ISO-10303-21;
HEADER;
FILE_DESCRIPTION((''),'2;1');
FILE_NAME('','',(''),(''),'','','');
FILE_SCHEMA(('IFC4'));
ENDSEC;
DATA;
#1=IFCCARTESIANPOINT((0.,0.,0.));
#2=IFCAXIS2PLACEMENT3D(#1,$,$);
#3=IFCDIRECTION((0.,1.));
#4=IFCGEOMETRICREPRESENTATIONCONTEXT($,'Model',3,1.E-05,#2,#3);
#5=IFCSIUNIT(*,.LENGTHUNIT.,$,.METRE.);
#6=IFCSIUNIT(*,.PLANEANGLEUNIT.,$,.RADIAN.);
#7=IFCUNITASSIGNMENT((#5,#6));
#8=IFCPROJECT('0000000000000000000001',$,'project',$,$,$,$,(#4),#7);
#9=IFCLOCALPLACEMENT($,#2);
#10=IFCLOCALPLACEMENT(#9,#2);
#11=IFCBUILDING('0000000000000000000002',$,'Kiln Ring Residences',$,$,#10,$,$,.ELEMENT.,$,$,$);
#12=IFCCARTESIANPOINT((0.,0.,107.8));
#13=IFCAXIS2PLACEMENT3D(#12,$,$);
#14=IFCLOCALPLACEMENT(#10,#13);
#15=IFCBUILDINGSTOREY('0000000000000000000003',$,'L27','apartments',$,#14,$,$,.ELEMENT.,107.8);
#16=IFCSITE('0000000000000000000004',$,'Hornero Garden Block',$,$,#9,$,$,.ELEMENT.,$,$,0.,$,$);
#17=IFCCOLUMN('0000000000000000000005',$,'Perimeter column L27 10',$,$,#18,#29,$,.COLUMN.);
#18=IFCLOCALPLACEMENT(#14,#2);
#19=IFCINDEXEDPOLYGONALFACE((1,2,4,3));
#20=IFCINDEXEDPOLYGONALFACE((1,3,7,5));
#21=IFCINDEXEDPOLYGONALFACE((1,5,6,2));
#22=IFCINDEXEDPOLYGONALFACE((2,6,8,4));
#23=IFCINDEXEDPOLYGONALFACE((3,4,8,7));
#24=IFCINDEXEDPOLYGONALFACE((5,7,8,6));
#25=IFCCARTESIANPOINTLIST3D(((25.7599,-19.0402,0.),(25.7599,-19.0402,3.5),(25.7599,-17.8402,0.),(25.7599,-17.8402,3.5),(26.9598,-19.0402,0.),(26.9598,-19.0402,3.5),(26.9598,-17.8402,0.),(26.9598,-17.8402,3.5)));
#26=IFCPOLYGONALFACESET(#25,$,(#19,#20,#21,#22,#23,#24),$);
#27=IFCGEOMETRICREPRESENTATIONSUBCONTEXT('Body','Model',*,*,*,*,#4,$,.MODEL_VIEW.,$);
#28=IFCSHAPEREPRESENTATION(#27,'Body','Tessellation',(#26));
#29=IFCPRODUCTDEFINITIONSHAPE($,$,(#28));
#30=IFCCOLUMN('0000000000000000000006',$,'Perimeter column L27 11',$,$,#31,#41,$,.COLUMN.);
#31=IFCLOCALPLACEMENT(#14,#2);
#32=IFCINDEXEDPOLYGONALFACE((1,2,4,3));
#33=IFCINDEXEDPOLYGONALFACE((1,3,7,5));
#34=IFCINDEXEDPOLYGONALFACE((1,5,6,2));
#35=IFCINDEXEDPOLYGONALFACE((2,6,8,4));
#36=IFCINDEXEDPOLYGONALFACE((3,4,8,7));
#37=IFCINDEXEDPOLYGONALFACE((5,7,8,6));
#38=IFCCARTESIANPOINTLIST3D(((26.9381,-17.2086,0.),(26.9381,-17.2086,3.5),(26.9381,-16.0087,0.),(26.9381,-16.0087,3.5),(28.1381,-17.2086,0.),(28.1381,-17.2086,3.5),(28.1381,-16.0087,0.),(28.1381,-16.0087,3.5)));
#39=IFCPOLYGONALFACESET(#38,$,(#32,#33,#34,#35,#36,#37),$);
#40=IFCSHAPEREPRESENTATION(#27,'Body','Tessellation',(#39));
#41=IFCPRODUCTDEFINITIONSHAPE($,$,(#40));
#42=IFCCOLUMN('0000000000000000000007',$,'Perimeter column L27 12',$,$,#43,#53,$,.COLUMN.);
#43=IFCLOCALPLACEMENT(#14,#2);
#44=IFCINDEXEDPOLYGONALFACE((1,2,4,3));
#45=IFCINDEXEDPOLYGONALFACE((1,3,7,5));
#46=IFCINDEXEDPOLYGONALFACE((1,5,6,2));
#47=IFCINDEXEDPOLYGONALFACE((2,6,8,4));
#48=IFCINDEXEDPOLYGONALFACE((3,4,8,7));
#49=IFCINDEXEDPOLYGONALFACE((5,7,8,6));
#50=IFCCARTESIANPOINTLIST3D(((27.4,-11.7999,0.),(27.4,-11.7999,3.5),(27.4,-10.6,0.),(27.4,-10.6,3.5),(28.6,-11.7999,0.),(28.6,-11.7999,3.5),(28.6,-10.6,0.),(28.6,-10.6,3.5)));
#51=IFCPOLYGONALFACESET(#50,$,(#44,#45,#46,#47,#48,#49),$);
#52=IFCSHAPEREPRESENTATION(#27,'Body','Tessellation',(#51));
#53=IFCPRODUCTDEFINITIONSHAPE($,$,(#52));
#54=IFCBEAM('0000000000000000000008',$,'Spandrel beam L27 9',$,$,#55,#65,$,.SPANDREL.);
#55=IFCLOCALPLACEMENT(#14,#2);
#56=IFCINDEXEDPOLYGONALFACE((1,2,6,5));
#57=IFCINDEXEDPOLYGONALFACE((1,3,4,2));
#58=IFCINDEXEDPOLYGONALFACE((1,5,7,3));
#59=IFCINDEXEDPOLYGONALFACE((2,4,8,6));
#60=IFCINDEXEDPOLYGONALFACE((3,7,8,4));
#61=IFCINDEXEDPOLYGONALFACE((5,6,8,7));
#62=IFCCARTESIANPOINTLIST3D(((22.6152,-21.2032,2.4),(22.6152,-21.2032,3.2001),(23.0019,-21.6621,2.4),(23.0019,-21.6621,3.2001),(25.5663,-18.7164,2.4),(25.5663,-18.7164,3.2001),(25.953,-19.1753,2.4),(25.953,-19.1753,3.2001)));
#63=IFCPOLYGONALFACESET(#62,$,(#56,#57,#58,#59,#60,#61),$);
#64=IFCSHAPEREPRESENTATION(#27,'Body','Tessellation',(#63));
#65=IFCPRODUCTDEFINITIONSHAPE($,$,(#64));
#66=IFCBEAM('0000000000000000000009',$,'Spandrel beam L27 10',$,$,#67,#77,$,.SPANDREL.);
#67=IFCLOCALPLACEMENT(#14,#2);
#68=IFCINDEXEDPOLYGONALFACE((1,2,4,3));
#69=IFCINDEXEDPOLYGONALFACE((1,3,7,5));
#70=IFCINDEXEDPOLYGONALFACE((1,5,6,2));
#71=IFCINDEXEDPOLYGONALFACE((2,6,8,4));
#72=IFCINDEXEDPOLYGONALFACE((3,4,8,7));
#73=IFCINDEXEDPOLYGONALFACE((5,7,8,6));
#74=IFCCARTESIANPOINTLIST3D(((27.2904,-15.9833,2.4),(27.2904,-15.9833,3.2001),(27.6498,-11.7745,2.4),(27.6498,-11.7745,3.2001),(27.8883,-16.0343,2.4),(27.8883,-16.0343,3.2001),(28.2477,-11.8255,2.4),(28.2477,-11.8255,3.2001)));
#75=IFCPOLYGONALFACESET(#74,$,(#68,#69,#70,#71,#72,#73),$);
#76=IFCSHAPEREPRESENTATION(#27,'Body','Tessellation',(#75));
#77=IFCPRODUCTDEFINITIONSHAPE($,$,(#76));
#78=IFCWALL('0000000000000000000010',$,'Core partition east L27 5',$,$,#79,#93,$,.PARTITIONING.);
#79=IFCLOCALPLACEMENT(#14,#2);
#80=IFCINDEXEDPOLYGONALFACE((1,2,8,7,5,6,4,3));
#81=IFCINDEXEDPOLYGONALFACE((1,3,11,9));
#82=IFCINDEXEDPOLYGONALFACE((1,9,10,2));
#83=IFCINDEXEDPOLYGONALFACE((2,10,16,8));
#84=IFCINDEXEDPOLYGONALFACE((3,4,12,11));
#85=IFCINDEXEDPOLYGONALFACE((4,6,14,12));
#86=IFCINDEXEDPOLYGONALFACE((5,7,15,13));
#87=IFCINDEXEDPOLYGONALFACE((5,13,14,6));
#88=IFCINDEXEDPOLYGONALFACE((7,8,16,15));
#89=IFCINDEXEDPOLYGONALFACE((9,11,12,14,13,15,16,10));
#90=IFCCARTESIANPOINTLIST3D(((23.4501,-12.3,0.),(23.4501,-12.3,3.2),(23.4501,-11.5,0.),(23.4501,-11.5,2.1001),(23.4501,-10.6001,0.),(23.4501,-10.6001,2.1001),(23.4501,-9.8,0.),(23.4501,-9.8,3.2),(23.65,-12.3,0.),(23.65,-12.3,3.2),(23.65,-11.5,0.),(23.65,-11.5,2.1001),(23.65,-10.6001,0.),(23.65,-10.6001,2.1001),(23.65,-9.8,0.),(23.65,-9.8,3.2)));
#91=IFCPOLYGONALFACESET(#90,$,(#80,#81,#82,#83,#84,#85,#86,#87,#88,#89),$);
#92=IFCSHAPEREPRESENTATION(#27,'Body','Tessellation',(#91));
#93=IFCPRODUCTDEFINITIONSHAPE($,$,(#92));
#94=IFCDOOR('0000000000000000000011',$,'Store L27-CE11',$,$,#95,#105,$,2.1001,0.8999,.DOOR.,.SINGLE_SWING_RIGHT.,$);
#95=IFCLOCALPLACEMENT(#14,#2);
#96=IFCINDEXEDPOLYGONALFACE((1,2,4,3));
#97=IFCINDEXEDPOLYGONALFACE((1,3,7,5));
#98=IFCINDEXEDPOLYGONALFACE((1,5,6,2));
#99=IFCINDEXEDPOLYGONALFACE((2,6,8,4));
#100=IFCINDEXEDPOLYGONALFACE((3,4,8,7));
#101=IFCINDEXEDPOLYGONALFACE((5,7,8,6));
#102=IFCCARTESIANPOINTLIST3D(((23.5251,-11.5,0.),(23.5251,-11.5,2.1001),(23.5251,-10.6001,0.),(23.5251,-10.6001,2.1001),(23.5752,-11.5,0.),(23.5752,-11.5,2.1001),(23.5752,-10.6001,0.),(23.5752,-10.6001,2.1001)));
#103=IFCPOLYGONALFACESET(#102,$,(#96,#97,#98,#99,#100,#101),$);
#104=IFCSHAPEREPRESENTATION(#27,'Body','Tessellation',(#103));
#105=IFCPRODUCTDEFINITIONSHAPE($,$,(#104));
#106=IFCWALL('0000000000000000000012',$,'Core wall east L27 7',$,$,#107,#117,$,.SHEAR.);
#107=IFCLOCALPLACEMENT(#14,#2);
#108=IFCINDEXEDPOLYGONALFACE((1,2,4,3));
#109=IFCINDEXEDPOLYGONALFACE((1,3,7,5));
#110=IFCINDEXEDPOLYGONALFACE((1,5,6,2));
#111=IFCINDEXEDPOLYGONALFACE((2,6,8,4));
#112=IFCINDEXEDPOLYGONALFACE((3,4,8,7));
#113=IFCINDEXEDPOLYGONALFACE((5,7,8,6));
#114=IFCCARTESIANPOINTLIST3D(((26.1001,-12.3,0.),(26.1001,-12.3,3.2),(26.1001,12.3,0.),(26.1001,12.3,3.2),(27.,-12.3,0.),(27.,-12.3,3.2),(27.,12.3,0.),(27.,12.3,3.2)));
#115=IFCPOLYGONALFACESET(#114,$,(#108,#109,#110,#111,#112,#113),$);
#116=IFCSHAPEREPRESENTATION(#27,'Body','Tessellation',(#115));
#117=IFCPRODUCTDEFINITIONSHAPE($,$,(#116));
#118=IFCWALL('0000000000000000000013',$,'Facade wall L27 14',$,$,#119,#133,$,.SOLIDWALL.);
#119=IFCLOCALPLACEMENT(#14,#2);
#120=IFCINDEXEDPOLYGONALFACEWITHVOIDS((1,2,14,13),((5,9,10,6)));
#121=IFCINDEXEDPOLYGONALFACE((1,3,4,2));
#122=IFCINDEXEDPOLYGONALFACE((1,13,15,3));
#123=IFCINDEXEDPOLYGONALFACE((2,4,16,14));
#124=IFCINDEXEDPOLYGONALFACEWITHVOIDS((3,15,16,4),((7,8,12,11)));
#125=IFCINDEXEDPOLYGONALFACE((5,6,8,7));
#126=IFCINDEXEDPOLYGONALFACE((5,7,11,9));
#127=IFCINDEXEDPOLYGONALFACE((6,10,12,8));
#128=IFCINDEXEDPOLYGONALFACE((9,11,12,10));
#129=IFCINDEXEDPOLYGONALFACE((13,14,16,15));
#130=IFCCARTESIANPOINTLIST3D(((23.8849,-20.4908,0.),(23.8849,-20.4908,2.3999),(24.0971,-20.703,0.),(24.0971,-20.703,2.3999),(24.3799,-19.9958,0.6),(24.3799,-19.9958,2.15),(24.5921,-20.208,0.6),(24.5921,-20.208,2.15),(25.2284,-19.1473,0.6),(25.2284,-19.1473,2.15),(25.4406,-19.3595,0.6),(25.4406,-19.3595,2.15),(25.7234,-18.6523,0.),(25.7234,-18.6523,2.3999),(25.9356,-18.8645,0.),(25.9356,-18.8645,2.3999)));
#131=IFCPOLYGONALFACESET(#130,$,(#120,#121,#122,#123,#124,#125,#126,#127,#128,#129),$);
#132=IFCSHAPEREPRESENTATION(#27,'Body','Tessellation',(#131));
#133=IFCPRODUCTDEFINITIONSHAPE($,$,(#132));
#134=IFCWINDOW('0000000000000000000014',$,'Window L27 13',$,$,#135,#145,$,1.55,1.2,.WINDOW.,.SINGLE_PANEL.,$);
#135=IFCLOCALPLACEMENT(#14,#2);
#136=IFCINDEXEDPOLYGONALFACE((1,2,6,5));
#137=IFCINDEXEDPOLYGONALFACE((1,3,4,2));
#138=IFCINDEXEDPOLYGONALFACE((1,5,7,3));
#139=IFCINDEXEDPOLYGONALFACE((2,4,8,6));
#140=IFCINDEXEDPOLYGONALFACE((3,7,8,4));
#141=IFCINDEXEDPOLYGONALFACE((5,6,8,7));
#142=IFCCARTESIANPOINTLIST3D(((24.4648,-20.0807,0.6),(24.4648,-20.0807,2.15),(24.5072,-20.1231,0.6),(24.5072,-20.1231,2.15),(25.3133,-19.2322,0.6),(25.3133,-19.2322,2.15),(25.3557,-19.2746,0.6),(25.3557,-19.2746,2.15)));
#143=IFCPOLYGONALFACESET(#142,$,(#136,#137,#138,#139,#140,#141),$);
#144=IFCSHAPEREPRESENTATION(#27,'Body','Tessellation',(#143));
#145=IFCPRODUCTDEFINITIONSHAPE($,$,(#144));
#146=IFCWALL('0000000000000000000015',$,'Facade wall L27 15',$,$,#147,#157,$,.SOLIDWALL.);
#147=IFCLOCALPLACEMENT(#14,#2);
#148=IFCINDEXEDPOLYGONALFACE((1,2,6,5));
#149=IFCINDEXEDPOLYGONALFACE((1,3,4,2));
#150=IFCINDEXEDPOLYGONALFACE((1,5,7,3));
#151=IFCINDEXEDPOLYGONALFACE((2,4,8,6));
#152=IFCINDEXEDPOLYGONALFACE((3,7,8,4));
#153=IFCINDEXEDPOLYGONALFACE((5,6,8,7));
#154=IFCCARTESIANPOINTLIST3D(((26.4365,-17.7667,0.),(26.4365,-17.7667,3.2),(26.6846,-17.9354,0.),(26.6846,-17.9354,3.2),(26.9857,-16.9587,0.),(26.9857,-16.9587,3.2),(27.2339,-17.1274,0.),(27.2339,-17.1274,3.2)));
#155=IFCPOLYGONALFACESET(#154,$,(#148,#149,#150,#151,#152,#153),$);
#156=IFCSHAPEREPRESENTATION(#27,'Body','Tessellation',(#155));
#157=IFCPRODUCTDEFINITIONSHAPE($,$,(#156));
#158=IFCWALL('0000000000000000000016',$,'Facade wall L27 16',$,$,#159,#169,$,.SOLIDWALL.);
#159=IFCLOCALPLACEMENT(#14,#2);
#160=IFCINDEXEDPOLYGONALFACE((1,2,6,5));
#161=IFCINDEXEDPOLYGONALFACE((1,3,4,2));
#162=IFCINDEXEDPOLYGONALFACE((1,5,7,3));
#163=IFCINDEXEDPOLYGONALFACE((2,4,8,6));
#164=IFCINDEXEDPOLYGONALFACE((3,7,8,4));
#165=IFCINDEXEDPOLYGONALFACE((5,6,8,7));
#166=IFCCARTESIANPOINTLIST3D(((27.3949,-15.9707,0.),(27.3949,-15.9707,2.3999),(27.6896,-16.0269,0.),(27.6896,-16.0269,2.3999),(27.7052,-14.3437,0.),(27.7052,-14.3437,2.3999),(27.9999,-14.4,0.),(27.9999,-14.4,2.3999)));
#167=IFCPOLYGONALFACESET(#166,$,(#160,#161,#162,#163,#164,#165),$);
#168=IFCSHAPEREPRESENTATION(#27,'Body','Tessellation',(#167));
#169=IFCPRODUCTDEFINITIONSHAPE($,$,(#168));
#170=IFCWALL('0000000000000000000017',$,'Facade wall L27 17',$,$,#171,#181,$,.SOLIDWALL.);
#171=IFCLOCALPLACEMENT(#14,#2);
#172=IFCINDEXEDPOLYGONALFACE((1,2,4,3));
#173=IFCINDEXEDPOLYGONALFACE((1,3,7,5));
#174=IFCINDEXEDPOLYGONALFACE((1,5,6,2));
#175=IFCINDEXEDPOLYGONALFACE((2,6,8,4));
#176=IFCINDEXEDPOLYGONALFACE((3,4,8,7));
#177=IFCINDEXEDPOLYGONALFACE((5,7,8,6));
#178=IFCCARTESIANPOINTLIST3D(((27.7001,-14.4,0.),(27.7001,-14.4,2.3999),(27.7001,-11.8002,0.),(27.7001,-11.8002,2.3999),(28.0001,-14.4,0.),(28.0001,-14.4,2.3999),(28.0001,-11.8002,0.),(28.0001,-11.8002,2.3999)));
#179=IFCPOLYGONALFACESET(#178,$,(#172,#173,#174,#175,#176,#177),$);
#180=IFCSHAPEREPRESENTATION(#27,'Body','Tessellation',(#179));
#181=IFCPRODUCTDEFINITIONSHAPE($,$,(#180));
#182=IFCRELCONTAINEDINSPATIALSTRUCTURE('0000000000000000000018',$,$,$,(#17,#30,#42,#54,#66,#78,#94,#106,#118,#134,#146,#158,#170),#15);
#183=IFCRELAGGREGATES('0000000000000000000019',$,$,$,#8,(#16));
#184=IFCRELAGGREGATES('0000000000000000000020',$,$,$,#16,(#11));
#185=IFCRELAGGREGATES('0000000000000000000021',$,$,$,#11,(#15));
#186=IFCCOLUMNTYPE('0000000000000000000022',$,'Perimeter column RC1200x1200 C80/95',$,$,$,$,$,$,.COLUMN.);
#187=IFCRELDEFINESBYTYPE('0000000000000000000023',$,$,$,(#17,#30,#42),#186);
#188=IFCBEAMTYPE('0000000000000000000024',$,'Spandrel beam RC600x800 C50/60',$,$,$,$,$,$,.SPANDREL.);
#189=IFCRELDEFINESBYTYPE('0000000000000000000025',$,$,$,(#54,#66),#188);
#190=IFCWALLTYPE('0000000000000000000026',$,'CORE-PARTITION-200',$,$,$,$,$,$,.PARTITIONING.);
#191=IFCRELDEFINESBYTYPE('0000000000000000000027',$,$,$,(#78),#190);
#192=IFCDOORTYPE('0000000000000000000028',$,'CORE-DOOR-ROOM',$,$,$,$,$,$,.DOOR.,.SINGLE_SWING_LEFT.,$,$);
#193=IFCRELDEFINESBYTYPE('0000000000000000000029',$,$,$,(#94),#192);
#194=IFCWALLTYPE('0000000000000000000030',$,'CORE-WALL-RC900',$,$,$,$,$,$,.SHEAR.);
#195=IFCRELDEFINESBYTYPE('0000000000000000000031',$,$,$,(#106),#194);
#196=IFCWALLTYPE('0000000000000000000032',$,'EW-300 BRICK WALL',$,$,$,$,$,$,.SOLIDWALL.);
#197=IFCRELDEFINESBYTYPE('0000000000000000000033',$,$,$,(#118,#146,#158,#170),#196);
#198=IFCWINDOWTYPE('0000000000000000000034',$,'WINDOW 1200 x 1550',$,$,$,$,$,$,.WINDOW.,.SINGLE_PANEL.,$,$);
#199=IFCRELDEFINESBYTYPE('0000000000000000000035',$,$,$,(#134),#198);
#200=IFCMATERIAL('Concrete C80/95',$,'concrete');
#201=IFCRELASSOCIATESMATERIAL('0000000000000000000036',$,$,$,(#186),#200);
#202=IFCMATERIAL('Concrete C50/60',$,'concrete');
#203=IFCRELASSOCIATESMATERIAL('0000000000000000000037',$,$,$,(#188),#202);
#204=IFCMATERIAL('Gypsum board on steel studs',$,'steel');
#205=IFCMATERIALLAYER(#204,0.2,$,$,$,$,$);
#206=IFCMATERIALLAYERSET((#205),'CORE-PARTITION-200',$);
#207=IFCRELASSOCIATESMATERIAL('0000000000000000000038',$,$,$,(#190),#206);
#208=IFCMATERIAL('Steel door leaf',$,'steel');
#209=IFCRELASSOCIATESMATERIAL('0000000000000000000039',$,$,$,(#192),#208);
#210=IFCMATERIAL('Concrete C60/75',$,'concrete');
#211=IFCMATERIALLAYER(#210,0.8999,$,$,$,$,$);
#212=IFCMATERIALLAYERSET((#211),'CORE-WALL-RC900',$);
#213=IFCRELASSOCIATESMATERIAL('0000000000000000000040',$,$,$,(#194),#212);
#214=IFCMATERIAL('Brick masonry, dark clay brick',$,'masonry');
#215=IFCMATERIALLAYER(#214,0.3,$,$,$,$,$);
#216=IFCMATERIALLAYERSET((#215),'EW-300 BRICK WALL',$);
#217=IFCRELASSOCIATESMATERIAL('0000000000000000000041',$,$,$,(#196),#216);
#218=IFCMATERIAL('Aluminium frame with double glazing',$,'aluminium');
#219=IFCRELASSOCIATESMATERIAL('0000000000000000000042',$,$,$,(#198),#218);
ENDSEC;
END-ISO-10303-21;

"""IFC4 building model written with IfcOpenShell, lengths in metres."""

from ifc_helpers import new_model, si_unit, direction, frame, frame_2d, origin, origin_2d, place, context, subcontext, project, spatial, rectangle, extrude, material, layer, layer_set, material_profile, profile_set, type_object, element, fill, save


model = new_model("IFC4")

# Units and contexts
model_context = context("Model", 3, precision=1e-05, world=origin(), true_north=direction((0.0, 1.0)))
body_context = subcontext(model_context, "Body", "Model", "MODEL_VIEW")
ifc_project = project(units=[si_unit("LENGTHUNIT", "METRE"), si_unit("PLANEANGLEUNIT", "RADIAN")], contexts=[model_context])

# Site, building, storey
site_placement = place(None, origin())
site = spatial("IfcSite", under=ifc_project, at=site_placement, Name="Hornero Garden Block", CompositionType="ELEMENT", RefElevation=0.0)
building_placement = place(site_placement, origin())
building = spatial("IfcBuilding", under=site, at=building_placement, Name="Kiln Ring Residences", CompositionType="ELEMENT")
storey_placement = place(building_placement, frame((0.0, 0.0, 107.8)))
storey = spatial("IfcBuildingStorey", under=building, at=storey_placement, Name="L27", Description="apartments", CompositionType="ELEMENT", Elevation=107.8)

# Columns
ifc_material_1 = material(Name="Concrete C80/95", Category="concrete")
ifc_material_profile_1 = material_profile(ifc_material_1, rectangle(XDim=1.2, YDim=1.2, at=origin_2d()), Name="RC1200x1200")
ifc_profile_set_1 = profile_set([ifc_material_profile_1], Name="Concrete C80/95")
column_type = type_object("IfcColumnType", Name="Perimeter column RC1200x1200 C80/95", PredefinedType="COLUMN", material=ifc_profile_set_1)
for number, where, z_axis, x_axis, name in (
    (1, (26.3599, -18.4402, 0.0), (0.0, 0.0, 1.0), (1.0, 0.0, 0.0), "Perimeter column L27 10"),
    (2, (27.5381, -16.6086, 0.0), (0.0, 0.0, 1.0), (1.0, 0.0, 0.0), "Perimeter column L27 11"),
    (3, (28.0, -11.2, 0.0), (0.0, 0.0, 1.0), (1.0, 0.0, 0.0), "Perimeter column L27 12"),
):
    element("IfcColumn", number, at=place(storey_placement, frame(where, z_axis=z_axis, x_axis=x_axis)), inside=storey, type_object=column_type, Name=name, PredefinedType="COLUMN", context=body_context, shape_type="SweptSolid", body=[
        extrude(rectangle(XDim=1.2, YDim=1.2, at=origin_2d()), origin(), (0.0, 0.0, 1.0), 3.5),
    ])

# Beams
ifc_material_2 = material(Name="Concrete C50/60", Category="concrete")
ifc_material_profile_2 = material_profile(ifc_material_2, rectangle(XDim=0.6001, YDim=0.8, at=origin_2d()), Name="RC600x800")
ifc_profile_set_2 = profile_set([ifc_material_profile_2], Name="Concrete C50/60")
beam_type = type_object("IfcBeamType", Name="Spandrel beam RC600x800 C50/60", PredefinedType="SPANDREL", material=ifc_profile_set_2)
beam_1_placement = place(storey_placement, frame((22.8086, -21.4326, 2.8), z_axis=(0.764704, 0.644381, 0.0), x_axis=(-0.644381, 0.764704, 0.0)))
element("IfcBeam", 4, at=beam_1_placement, inside=storey, type_object=beam_type, Name="Spandrel beam L27 9", PredefinedType="SPANDREL", context=body_context, shape_type="SweptSolid", body=[
    extrude(rectangle(XDim=0.6001, YDim=0.8, at=origin_2d()), origin(), (0.0, 0.0, 1.0), 3.8591),
])
beam_2_placement = place(storey_placement, frame((27.5894, -16.0088, 2.8), z_axis=(0.085078, 0.996374, 0.0), x_axis=(-0.996374, 0.085078, 0.0)))
element("IfcBeam", 5, at=beam_2_placement, inside=storey, type_object=beam_type, Name="Spandrel beam L27 10", PredefinedType="SPANDREL", context=body_context, shape_type="SweptSolid", body=[
    extrude(rectangle(XDim=0.6001, YDim=0.8, at=origin_2d()), origin(), (0.0, 0.0, 1.0), 4.2241),
])

# Wall, opening, door
ifc_material_3 = material(Name="Gypsum board on steel studs", Category="steel")
ifc_layer_1 = layer(ifc_material_3, 0.2)
ifc_layer_set_1 = layer_set([ifc_layer_1], Name="CORE-PARTITION-200")
wall_type_1 = type_object("IfcWallType", Name="CORE-PARTITION-200", PredefinedType="PARTITIONING", material=ifc_layer_set_1)
wall_1_placement = place(storey_placement, frame((23.55, -12.3, 0.0), z_axis=(0.0, 0.0, 1.0), x_axis=(0.0, 1.0, 0.0)))
wall_1 = element("IfcWall", 6, at=wall_1_placement, inside=storey, type_object=wall_type_1, Name="Core partition east L27 5", PredefinedType="PARTITIONING", context=body_context, shape_type="SweptSolid", body=[
    extrude(rectangle(XDim=2.5, YDim=0.2, at=frame_2d((1.25, 0.0))), origin(), (0.0, 0.0, 1.0), 3.2),
])
opening_1_placement = place(wall_1_placement, frame((0.8, 0.0, 0.0)))
opening_1 = element("IfcOpeningElement", 7, at=opening_1_placement, cuts=wall_1, PredefinedType="OPENING", context=body_context, shape_type="SweptSolid", body=[
    extrude(rectangle(XDim=0.8999, YDim=2.1001, at=frame_2d((0.45, 1.05))), frame((0.0, 0.1099, 0.0), z_axis=(0.0, -1.0, 0.0), x_axis=(1.0, 0.0, 0.0)), (0.0, 0.0, 1.0), 0.22),
])
ifc_material_4 = material(Name="Steel door leaf", Category="steel")
door_type = type_object("IfcDoorType", Name="CORE-DOOR-ROOM", OperationType="SINGLE_SWING_LEFT", PredefinedType="DOOR", material=ifc_material_4)
door_placement = place(opening_1_placement, origin())
door = element("IfcDoor", 8, at=door_placement, inside=storey, type_object=door_type, Name="Store L27-CE11", OperationType="SINGLE_SWING_RIGHT", OverallHeight=2.1001, OverallWidth=0.8999, PredefinedType="DOOR", context=body_context, shape_type="SweptSolid", body=[
    extrude(rectangle(XDim=0.8999, YDim=2.1001, at=frame_2d((0.45, 1.05))), frame((0.0, 0.0249, 0.0), z_axis=(0.0, -1.0, 0.0), x_axis=(1.0, 0.0, 0.0)), (0.0, 0.0, 1.0), 0.05),
])
fill(opening_1, door)

# Wall
ifc_material_5 = material(Name="Concrete C60/75", Category="concrete")
ifc_layer_2 = layer(ifc_material_5, 0.8999)
ifc_layer_set_2 = layer_set([ifc_layer_2], Name="CORE-WALL-RC900")
wall_type_2 = type_object("IfcWallType", Name="CORE-WALL-RC900", PredefinedType="SHEAR", material=ifc_layer_set_2)
wall_2_placement = place(storey_placement, frame((26.55, -12.3, 0.0), z_axis=(0.0, 0.0, 1.0), x_axis=(0.0, 1.0, 0.0)))
element("IfcWall", 9, at=wall_2_placement, inside=storey, type_object=wall_type_2, Name="Core wall east L27 7", PredefinedType="SHEAR", context=body_context, shape_type="SweptSolid", body=[
    extrude(rectangle(XDim=24.6001, YDim=0.8999, at=frame_2d((12.3, 0.0))), origin(), (0.0, 0.0, 1.0), 3.2),
])

# Wall, opening, window
ifc_material_6 = material(Name="Brick masonry, dark clay brick", Category="masonry")
ifc_layer_3 = layer(ifc_material_6, 0.3)
ifc_layer_set_3 = layer_set([ifc_layer_3], Name="EW-300 BRICK WALL")
wall_type_3 = type_object("IfcWallType", Name="EW-300 BRICK WALL", PredefinedType="SOLIDWALL", material=ifc_layer_set_3)
wall_3_placement = place(storey_placement, frame((23.991, -20.5969, 0.0), z_axis=(0.0, 0.0, 1.0), x_axis=(0.707107, 0.707107, 0.0)))
wall_3 = element("IfcWall", 10, at=wall_3_placement, inside=storey, type_object=wall_type_3, Name="Facade wall L27 14", PredefinedType="SOLIDWALL", context=body_context, shape_type="SweptSolid", body=[
    extrude(rectangle(XDim=2.6001, YDim=0.3, at=frame_2d((1.3, 0.0))), origin(), (0.0, 0.0, 1.0), 2.3999),
])
opening_2_placement = place(wall_3_placement, frame((0.7, 0.0, 0.6001)))
opening_2 = element("IfcOpeningElement", 11, at=opening_2_placement, cuts=wall_3, PredefinedType="OPENING", context=body_context, shape_type="SweptSolid", body=[
    extrude(rectangle(XDim=1.2, YDim=1.55, at=frame_2d((0.6001, 0.7749))), frame((0.0, 0.1599, 0.0), z_axis=(0.0, -1.0, 0.0), x_axis=(1.0, 0.0, 0.0)), (0.0, 0.0, 1.0), 0.3201),
])
ifc_material_7 = material(Name="Aluminium frame with double glazing", Category="aluminium")
window_type = type_object("IfcWindowType", Name="WINDOW 1200 x 1550", PartitioningType="SINGLE_PANEL", PredefinedType="WINDOW", material=ifc_material_7)
window_placement = place(opening_2_placement, origin())
window = element("IfcWindow", 12, at=window_placement, inside=storey, type_object=window_type, Name="Window L27 13", OverallHeight=1.55, OverallWidth=1.2, PartitioningType="SINGLE_PANEL", PredefinedType="WINDOW", context=body_context, shape_type="SweptSolid", body=[
    extrude(rectangle(XDim=1.2, YDim=1.55, at=frame_2d((0.6001, 0.7749))), frame((0.0, 0.03, 0.0), z_axis=(0.0, -1.0, 0.0), x_axis=(1.0, 0.0, 0.0)), (0.0, 0.0, 1.0), 0.0601),
])
fill(opening_2, window)

# Walls
wall_4_placement = place(storey_placement, frame((26.5605, -17.8511, 0.0), z_axis=(0.0, 0.0, 1.0), x_axis=(0.562173, 0.827019, 0.0)))
element("IfcWall", 13, at=wall_4_placement, inside=storey, type_object=wall_type_3, Name="Facade wall L27 15", PredefinedType="SOLIDWALL", context=body_context, shape_type="SweptSolid", body=[
    extrude(rectangle(XDim=0.9771, YDim=0.3, at=frame_2d((0.4885, 0.0))), origin(), (0.0, 0.0, 1.0), 3.2),
])
wall_5_placement = place(storey_placement, frame((27.5422, -15.9988, 0.0), z_axis=(0.0, 0.0, 1.0), x_axis=(0.187349, 0.982293, 0.0)))
element("IfcWall", 14, at=wall_5_placement, inside=storey, type_object=wall_type_3, Name="Facade wall L27 16", PredefinedType="SOLIDWALL", context=body_context, shape_type="SweptSolid", body=[
    extrude(rectangle(XDim=1.6562, YDim=0.3, at=frame_2d((0.8281, 0.0))), origin(), (0.0, 0.0, 1.0), 2.3999),
])
wall_6_placement = place(storey_placement, frame((27.8501, -14.3999, 0.0), z_axis=(0.0, 0.0, 1.0), x_axis=(0.0, 1.0, 0.0)))
element("IfcWall", 15, at=wall_6_placement, inside=storey, type_object=wall_type_3, Name="Facade wall L27 17", PredefinedType="SOLIDWALL", context=body_context, shape_type="SweptSolid", body=[
    extrude(rectangle(XDim=2.5999, YDim=0.3, at=frame_2d((1.2998, 0.0))), origin(), (0.0, 0.0, 1.0), 2.3999),
])

save(model, "model.ifc")
